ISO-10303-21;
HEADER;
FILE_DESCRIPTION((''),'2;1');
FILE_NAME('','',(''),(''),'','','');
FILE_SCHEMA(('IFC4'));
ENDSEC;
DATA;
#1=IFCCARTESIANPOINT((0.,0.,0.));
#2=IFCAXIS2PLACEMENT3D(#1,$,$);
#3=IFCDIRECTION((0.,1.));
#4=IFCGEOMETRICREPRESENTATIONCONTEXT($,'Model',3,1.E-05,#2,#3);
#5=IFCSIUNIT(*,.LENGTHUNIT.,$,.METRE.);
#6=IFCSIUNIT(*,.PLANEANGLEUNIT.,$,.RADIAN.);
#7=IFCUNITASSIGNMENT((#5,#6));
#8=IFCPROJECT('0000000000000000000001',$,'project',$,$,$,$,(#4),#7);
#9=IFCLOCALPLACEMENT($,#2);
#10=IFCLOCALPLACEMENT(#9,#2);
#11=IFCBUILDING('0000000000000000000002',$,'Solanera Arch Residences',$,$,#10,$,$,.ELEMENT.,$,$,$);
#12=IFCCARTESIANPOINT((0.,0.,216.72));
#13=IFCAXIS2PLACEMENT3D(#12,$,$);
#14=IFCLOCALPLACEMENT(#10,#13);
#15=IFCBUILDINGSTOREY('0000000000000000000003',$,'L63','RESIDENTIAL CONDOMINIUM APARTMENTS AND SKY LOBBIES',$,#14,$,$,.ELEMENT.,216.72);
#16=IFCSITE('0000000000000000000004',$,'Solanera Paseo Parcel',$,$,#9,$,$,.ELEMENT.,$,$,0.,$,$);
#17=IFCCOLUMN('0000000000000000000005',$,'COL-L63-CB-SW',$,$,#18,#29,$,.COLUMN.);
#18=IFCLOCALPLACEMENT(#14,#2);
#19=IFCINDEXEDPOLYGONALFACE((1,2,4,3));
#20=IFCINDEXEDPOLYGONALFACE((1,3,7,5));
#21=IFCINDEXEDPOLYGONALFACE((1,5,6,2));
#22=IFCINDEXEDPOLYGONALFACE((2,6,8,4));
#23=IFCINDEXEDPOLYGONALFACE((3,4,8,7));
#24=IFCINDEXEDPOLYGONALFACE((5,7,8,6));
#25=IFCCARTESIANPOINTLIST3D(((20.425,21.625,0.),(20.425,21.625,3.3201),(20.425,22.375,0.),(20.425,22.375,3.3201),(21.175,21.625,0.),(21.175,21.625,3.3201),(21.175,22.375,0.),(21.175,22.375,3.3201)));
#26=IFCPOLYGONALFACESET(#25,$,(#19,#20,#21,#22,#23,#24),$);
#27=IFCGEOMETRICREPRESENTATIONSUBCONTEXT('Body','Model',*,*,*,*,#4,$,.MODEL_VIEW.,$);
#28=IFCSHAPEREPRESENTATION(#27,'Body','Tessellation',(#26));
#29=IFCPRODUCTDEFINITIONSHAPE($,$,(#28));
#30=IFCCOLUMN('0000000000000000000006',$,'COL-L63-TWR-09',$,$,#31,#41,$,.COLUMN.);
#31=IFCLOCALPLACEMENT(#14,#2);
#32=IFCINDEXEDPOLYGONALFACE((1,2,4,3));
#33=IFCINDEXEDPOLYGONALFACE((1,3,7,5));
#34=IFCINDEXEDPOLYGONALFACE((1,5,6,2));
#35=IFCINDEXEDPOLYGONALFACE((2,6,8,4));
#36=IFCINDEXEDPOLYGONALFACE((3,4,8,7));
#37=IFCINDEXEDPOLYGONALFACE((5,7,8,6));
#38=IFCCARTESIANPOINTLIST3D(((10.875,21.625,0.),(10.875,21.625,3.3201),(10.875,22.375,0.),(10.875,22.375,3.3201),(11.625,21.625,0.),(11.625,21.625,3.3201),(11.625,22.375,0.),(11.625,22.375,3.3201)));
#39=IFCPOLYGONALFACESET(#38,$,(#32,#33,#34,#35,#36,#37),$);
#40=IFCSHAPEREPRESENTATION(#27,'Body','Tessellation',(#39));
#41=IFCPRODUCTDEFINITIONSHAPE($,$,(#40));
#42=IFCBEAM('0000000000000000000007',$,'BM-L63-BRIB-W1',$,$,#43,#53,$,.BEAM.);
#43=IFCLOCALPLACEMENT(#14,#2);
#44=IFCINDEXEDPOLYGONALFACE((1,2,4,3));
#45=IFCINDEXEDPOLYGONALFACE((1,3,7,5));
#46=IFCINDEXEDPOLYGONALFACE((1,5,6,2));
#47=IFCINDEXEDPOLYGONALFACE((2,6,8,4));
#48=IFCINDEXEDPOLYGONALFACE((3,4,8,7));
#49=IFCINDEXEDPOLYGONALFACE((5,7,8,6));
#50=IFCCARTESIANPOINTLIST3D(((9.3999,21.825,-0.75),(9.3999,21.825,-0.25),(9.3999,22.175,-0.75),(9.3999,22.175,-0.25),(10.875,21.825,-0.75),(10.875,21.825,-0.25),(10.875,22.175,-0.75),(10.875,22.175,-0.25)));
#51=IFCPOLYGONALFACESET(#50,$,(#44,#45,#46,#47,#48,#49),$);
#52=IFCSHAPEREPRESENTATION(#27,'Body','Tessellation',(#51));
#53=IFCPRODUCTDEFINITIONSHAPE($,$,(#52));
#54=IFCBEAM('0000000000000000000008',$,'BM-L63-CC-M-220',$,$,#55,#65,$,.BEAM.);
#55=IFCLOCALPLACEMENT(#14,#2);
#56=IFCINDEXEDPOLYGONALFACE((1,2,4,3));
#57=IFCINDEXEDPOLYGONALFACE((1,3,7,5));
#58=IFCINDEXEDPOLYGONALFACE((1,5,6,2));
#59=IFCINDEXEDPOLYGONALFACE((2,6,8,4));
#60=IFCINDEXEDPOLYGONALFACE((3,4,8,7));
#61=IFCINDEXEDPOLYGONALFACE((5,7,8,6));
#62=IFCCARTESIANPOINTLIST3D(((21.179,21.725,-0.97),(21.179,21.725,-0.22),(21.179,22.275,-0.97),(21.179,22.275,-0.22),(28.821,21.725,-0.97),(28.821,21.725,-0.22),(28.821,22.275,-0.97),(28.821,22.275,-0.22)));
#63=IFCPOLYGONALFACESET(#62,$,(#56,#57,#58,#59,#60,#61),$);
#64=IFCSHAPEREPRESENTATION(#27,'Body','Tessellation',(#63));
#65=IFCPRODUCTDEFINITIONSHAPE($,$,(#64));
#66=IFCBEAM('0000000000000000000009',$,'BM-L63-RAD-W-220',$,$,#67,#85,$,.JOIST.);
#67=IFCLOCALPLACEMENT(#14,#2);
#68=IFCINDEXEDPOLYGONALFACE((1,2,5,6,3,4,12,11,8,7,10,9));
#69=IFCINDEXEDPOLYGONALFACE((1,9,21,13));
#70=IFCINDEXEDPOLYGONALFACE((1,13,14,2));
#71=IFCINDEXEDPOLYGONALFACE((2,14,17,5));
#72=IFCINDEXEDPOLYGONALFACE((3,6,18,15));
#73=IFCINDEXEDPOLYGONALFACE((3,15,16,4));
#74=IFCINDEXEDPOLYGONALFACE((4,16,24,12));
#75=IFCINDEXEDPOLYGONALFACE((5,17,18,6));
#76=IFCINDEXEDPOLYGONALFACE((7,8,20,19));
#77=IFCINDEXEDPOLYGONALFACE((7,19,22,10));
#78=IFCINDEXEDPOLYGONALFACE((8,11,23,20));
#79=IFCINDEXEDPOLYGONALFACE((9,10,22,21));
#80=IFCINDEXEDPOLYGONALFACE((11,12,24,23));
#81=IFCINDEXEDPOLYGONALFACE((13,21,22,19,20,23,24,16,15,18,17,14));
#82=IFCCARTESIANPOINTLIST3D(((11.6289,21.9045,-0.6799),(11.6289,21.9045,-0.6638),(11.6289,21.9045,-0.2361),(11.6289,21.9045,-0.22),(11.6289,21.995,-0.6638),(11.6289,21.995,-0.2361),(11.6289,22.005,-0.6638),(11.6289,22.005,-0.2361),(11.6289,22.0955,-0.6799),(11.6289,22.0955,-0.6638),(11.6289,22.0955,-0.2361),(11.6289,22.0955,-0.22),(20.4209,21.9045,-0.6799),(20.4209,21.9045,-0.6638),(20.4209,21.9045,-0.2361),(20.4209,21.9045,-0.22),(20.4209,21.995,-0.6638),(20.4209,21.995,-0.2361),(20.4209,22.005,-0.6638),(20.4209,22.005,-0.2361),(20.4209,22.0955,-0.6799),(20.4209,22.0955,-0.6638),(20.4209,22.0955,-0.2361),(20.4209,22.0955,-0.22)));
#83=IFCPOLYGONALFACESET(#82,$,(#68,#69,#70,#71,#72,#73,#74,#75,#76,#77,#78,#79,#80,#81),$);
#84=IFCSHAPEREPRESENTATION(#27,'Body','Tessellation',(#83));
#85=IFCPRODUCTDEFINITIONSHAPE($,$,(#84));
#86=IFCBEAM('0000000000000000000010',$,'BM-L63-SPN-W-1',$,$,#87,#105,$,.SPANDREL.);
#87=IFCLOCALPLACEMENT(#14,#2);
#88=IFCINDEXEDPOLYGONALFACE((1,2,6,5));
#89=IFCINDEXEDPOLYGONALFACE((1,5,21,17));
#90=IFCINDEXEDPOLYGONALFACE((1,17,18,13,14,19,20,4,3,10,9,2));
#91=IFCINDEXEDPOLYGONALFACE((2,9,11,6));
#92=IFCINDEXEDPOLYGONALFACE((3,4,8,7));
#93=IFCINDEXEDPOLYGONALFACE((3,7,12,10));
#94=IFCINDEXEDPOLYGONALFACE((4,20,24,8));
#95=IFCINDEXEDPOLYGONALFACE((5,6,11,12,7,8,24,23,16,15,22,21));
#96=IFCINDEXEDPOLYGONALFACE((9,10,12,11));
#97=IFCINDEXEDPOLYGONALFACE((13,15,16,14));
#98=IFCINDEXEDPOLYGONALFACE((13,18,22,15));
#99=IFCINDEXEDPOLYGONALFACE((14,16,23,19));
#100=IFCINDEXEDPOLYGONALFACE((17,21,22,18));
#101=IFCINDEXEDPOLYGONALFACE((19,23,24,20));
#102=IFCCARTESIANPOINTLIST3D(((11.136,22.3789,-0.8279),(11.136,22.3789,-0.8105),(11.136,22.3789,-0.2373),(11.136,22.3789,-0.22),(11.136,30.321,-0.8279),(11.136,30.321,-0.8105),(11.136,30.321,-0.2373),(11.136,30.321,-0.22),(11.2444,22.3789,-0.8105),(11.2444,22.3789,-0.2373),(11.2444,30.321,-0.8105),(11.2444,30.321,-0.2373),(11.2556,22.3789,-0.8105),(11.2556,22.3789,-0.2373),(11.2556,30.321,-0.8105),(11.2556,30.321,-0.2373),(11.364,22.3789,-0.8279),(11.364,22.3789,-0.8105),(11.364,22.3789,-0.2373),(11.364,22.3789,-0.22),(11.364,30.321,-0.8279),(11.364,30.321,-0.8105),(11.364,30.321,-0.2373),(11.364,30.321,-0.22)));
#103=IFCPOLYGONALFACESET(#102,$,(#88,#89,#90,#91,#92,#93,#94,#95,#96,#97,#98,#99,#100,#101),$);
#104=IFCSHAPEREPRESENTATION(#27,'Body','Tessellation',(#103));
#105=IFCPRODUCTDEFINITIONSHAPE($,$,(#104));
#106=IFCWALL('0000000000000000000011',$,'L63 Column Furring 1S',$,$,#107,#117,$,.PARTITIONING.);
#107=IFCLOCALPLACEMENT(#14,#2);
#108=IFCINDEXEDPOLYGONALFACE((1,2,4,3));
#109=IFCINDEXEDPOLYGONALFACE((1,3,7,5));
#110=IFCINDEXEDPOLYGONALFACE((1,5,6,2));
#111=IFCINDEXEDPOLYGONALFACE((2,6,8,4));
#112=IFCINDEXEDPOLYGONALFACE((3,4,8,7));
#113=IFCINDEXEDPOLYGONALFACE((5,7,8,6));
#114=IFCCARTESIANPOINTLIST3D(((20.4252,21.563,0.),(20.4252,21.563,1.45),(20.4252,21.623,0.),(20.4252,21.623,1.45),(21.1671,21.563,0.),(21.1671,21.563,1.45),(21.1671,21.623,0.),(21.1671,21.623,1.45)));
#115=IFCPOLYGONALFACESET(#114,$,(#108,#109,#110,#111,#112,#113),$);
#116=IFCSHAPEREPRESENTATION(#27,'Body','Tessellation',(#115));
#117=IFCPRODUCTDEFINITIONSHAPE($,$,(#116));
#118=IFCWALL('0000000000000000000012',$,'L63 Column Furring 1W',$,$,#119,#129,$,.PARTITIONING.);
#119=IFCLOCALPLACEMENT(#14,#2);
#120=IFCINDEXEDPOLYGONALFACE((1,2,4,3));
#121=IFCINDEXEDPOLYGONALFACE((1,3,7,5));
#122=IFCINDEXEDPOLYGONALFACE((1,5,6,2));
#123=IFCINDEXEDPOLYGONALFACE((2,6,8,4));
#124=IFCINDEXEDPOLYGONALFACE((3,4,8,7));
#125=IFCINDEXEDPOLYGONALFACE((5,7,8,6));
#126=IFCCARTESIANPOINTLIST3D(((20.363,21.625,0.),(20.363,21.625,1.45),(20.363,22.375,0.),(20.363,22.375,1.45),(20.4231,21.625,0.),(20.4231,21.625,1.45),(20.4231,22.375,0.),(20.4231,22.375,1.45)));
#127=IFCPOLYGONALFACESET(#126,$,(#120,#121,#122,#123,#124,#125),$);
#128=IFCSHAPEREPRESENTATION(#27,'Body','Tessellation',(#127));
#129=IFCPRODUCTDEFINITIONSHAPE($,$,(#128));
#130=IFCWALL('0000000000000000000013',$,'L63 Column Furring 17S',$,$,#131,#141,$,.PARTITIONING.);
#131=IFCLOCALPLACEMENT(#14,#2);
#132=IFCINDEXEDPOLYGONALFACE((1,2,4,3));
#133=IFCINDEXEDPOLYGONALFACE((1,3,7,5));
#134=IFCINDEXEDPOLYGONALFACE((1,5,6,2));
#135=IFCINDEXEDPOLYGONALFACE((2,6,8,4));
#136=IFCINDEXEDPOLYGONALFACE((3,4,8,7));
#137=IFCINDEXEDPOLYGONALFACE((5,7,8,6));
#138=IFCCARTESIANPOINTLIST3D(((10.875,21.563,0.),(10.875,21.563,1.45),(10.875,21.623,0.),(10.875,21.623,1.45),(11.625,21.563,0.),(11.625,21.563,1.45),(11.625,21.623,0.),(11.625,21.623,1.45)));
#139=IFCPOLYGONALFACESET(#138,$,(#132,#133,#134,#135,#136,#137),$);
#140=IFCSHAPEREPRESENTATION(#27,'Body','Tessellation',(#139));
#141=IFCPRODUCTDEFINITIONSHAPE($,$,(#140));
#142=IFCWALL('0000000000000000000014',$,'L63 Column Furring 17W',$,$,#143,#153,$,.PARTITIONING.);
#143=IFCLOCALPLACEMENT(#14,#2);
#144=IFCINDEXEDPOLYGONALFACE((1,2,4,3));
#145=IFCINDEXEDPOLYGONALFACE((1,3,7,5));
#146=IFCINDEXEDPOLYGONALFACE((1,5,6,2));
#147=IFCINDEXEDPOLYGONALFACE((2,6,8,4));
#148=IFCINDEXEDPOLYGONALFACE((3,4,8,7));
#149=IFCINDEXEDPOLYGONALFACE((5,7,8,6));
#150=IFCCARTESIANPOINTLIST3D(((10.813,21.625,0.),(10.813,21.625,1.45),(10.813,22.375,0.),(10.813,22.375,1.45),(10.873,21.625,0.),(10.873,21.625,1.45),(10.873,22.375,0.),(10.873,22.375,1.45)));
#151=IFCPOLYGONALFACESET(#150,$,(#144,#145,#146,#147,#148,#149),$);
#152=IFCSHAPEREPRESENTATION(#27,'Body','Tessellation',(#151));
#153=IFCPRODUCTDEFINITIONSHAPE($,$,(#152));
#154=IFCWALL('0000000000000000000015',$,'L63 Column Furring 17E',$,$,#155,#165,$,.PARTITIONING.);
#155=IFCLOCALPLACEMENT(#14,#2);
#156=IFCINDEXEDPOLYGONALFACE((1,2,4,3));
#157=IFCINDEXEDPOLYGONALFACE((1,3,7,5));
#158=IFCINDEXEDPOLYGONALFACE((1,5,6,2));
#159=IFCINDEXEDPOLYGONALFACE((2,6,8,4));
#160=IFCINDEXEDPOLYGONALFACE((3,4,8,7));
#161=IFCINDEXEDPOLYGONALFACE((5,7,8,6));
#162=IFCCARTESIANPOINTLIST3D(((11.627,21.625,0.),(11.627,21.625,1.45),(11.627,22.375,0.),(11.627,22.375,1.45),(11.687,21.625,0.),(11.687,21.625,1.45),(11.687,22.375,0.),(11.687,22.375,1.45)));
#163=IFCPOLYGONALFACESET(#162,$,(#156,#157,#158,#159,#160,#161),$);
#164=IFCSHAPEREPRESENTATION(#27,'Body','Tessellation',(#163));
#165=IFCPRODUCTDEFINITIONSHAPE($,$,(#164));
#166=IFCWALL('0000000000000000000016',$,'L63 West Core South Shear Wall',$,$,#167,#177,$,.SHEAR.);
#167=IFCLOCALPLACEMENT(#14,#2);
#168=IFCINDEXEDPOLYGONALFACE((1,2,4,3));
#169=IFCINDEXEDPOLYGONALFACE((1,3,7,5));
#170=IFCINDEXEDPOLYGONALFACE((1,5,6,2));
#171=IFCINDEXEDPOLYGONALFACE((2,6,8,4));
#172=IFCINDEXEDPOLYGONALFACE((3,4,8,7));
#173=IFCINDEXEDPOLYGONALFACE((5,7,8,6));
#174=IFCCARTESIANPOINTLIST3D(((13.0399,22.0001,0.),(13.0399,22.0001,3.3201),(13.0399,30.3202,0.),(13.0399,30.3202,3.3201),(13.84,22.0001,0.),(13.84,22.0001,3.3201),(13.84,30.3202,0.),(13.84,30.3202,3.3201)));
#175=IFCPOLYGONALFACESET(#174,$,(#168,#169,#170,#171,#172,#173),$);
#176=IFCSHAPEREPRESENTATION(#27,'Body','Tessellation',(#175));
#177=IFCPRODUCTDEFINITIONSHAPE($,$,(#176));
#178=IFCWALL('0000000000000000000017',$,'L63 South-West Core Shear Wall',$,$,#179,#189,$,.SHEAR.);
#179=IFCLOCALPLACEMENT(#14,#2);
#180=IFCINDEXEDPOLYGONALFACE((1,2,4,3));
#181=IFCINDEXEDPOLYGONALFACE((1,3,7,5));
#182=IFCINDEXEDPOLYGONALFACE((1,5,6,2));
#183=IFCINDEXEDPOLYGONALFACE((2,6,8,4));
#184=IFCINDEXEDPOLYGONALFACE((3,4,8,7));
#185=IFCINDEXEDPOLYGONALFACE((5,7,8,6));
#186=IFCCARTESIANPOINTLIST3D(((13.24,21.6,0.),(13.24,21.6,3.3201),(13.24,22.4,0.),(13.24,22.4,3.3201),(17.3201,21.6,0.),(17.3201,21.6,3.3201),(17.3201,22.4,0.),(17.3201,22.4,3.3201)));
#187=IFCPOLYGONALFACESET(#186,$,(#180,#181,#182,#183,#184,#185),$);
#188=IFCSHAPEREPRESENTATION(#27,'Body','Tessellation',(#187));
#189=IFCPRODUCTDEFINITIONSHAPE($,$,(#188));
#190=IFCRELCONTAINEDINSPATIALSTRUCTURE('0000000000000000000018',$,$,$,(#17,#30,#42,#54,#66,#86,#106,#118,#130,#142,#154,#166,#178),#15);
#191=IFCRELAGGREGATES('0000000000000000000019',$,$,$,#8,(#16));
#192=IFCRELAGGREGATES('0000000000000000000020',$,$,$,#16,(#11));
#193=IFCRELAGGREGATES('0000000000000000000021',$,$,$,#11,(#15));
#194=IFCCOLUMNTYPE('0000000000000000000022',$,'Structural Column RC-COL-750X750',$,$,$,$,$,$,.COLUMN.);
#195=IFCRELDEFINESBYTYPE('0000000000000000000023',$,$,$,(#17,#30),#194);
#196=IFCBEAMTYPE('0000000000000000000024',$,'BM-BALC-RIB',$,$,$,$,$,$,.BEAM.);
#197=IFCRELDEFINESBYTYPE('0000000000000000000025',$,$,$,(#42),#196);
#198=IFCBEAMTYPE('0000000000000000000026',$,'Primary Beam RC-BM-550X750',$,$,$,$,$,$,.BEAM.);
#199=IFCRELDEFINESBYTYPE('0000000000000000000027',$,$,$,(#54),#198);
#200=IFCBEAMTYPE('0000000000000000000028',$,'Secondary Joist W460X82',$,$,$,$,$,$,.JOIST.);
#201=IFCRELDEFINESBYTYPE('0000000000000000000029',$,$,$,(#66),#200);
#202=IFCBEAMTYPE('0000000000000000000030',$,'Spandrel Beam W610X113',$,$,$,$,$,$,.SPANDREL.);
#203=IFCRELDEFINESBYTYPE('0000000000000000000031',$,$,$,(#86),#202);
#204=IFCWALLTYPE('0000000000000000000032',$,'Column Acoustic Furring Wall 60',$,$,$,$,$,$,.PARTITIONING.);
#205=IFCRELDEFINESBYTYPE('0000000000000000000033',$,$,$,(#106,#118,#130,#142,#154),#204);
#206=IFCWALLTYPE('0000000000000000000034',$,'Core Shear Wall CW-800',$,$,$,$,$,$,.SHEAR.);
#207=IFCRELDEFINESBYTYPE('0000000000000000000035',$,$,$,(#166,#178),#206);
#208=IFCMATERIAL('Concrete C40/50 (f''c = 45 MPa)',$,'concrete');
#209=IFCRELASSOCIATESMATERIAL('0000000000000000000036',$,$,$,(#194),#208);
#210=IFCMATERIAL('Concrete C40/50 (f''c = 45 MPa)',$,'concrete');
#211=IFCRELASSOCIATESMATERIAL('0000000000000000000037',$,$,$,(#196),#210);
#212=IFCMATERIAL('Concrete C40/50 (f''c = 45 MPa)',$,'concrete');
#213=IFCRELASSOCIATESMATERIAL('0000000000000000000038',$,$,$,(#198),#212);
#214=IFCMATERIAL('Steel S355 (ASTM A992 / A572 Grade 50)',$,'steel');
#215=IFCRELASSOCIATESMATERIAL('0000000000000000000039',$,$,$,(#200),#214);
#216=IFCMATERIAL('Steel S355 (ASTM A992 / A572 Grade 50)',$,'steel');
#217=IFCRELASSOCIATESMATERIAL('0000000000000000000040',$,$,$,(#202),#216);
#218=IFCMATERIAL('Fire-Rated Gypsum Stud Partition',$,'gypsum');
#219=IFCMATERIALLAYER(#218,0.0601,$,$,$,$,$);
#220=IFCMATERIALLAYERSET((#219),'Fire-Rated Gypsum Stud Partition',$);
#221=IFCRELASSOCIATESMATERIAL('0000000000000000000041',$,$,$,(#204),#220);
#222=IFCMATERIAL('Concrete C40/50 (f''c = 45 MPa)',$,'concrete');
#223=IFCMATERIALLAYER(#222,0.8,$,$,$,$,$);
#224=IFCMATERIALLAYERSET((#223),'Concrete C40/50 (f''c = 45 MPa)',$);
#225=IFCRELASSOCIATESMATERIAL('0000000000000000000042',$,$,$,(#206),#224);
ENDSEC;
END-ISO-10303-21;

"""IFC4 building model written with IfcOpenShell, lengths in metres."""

from ifc_helpers import new_model, si_unit, direction, frame, frame_2d, origin, origin_2d, place, context, subcontext, project, spatial, rectangle, i_section, extrude, material, layer, layer_set, material_profile, profile_set, type_object, element, save


model = new_model("IFC4")

# Units and contexts
model_context = context("Model", 3, precision=1e-05, world=origin(), true_north=direction((0.0, 1.0)))
body_context = subcontext(model_context, "Body", "Model", "MODEL_VIEW")
ifc_project = project(units=[si_unit("LENGTHUNIT", "METRE"), si_unit("PLANEANGLEUNIT", "RADIAN")], contexts=[model_context])

# Site, building, storey
site_placement = place(None, origin())
site = spatial("IfcSite", under=ifc_project, at=site_placement, Name="Solanera Paseo Parcel", CompositionType="ELEMENT", RefElevation=0.0)
building_placement = place(site_placement, origin())
building = spatial("IfcBuilding", under=site, at=building_placement, Name="Solanera Arch Residences", CompositionType="ELEMENT")
storey_placement = place(building_placement, frame((0.0, 0.0, 216.72)))
storey = spatial("IfcBuildingStorey", under=building, at=storey_placement, Name="L63", Description="RESIDENTIAL CONDOMINIUM APARTMENTS AND SKY LOBBIES", CompositionType="ELEMENT", Elevation=216.72)

# Columns
ifc_material_1 = material(Name="Concrete C40/50 (f'c = 45 MPa)", Category="concrete")
ifc_material_profile_1 = material_profile(ifc_material_1, rectangle(XDim=0.75, YDim=0.75, at=origin_2d()))
ifc_profile_set_1 = profile_set([ifc_material_profile_1], Name="Concrete C40/50 (f'c = 45 MPa)")
column_type = type_object("IfcColumnType", Name="Structural Column RC-COL-750X750", PredefinedType="COLUMN", material=ifc_profile_set_1)
for number, where, z_axis, x_axis, name in (
    (1, (20.8, 22.0, 0.0), (0.0, 0.0, 1.0), (1.0, 0.0, 0.0), "COL-L63-CB-SW"),
    (2, (11.25, 22.0, 0.0), (0.0, 0.0, 1.0), (1.0, 0.0, 0.0), "COL-L63-TWR-09"),
):
    element("IfcColumn", number, at=place(storey_placement, frame(where, z_axis=z_axis, x_axis=x_axis)), inside=storey, type_object=column_type, Name=name, PredefinedType="COLUMN", context=body_context, shape_type="SweptSolid", body=[
        extrude(rectangle(XDim=0.75, YDim=0.75, at=origin_2d()), origin(), (0.0, 0.0, 1.0), 3.3201),
    ])

# Beams
ifc_material_2 = material(Name="Concrete C40/50 (f'c = 45 MPa)", Category="concrete")
ifc_material_profile_2 = material_profile(ifc_material_2, rectangle(XDim=0.3501, YDim=0.5, at=origin_2d()))
ifc_profile_set_2 = profile_set([ifc_material_profile_2], Name="Concrete C40/50 (f'c = 45 MPa)")
beam_type_1 = type_object("IfcBeamType", Name="BM-BALC-RIB", PredefinedType="BEAM", material=ifc_profile_set_2)
beam_1_placement = place(storey_placement, frame((9.3999, 22.0, -0.5), z_axis=(1.0, 0.0, 0.0), x_axis=(0.0, 1.0, 0.0)))
element("IfcBeam", 3, at=beam_1_placement, inside=storey, type_object=beam_type_1, Name="BM-L63-BRIB-W1", PredefinedType="BEAM", context=body_context, shape_type="SweptSolid", body=[
    extrude(rectangle(XDim=0.3501, YDim=0.5, at=origin_2d()), origin(), (0.0, 0.0, 1.0), 1.4751),
])
ifc_material_3 = material(Name="Concrete C40/50 (f'c = 45 MPa)", Category="concrete")
ifc_material_profile_3 = material_profile(ifc_material_3, rectangle(XDim=0.55, YDim=0.75, at=origin_2d()))
ifc_profile_set_3 = profile_set([ifc_material_profile_3], Name="Concrete C40/50 (f'c = 45 MPa)")
beam_type_2 = type_object("IfcBeamType", Name="Primary Beam RC-BM-550X750", PredefinedType="BEAM", material=ifc_profile_set_3)
beam_2_placement = place(storey_placement, frame((21.179, 22.0, -0.595), z_axis=(1.0, 0.0, 0.0), x_axis=(0.0, 1.0, 0.0)))
element("IfcBeam", 4, at=beam_2_placement, inside=storey, type_object=beam_type_2, Name="BM-L63-CC-M-220", PredefinedType="BEAM", context=body_context, shape_type="SweptSolid", body=[
    extrude(rectangle(XDim=0.55, YDim=0.75, at=origin_2d()), origin(), (0.0, 0.0, 1.0), 7.6421),
])
ifc_material_4 = material(Name="Steel S355 (ASTM A992 / A572 Grade 50)", Category="steel")
ifc_material_profile_4 = material_profile(ifc_material_4, i_section(OverallWidth=0.1909, OverallDepth=0.46, WebThickness=0.01, FlangeThickness=0.0161, at=origin_2d()))
ifc_profile_set_4 = profile_set([ifc_material_profile_4], Name="Steel S355 (ASTM A992 / A572 Grade 50)")
beam_type_3 = type_object("IfcBeamType", Name="Secondary Joist W460X82", PredefinedType="JOIST", material=ifc_profile_set_4)
beam_3_placement = place(storey_placement, frame((11.6289, 22.0, -0.45), z_axis=(1.0, 0.0, 0.0), x_axis=(0.0, 1.0, 0.0)))
element("IfcBeam", 5, at=beam_3_placement, inside=storey, type_object=beam_type_3, Name="BM-L63-RAD-W-220", PredefinedType="JOIST", context=body_context, shape_type="SweptSolid", body=[
    extrude(i_section(OverallWidth=0.1909, OverallDepth=0.46, WebThickness=0.01, FlangeThickness=0.0161, at=origin_2d()), origin(), (0.0, 0.0, 1.0), 8.792),
])
ifc_material_5 = material(Name="Steel S355 (ASTM A992 / A572 Grade 50)", Category="steel")
ifc_material_profile_5 = material_profile(ifc_material_5, i_section(OverallWidth=0.228, OverallDepth=0.6079, WebThickness=0.0112, FlangeThickness=0.0173, at=origin_2d()))
ifc_profile_set_5 = profile_set([ifc_material_profile_5], Name="Steel S355 (ASTM A992 / A572 Grade 50)")
beam_type_4 = type_object("IfcBeamType", Name="Spandrel Beam W610X113", PredefinedType="SPANDREL", material=ifc_profile_set_5)
beam_4_placement = place(storey_placement, frame((11.25, 22.3789, -0.5239), z_axis=(0.0, 1.0, 0.0), x_axis=(-1.0, 0.0, 0.0)))
element("IfcBeam", 6, at=beam_4_placement, inside=storey, type_object=beam_type_4, Name="BM-L63-SPN-W-1", PredefinedType="SPANDREL", context=body_context, shape_type="SweptSolid", body=[
    extrude(i_section(OverallWidth=0.228, OverallDepth=0.6079, WebThickness=0.0112, FlangeThickness=0.0173, at=origin_2d()), origin(), (0.0, 0.0, 1.0), 7.9421),
])

# Walls
ifc_material_6 = material(Name="Fire-Rated Gypsum Stud Partition", Category="gypsum")
ifc_layer_1 = layer(ifc_material_6, 0.0601)
ifc_layer_set_1 = layer_set([ifc_layer_1], Name="Fire-Rated Gypsum Stud Partition")
wall_type_1 = type_object("IfcWallType", Name="Column Acoustic Furring Wall 60", PredefinedType="PARTITIONING", material=ifc_layer_set_1)
wall_1_placement = place(storey_placement, frame((20.425, 21.593, 0.0), z_axis=(0.0, 0.0, 1.0), x_axis=(1.0, 0.0, 0.0)))
element("IfcWall", 7, at=wall_1_placement, inside=storey, type_object=wall_type_1, Name="L63 Column Furring 1S", PredefinedType="PARTITIONING", context=body_context, shape_type="SweptSolid", body=[
    extrude(rectangle(XDim=0.7419, YDim=0.0601, at=frame_2d((0.3711, 0.0))), origin(), (0.0, 0.0, 1.0), 1.45),
])
for number, where, z_axis, x_axis, name in (
    (8, (20.3931, 21.625, 0.0), (0.0, 0.0, 1.0), (0.0, 1.0, 0.0), "L63 Column Furring 1W"),
    (9, (10.875, 21.593, 0.0), (0.0, 0.0, 1.0), (1.0, 0.0, 0.0), "L63 Column Furring 17S"),
    (10, (10.843, 21.625, 0.0), (0.0, 0.0, 1.0), (0.0, 1.0, 0.0), "L63 Column Furring 17W"),
    (11, (11.657, 21.625, 0.0), (0.0, 0.0, 1.0), (0.0, 1.0, 0.0), "L63 Column Furring 17E"),
):
    element("IfcWall", number, at=place(storey_placement, frame(where, z_axis=z_axis, x_axis=x_axis)), inside=storey, type_object=wall_type_1, Name=name, PredefinedType="PARTITIONING", context=body_context, shape_type="SweptSolid", body=[
        extrude(rectangle(XDim=0.75, YDim=0.0601, at=frame_2d((0.375, 0.0))), origin(), (0.0, 0.0, 1.0), 1.45),
    ])
ifc_material_7 = material(Name="Concrete C40/50 (f'c = 45 MPa)", Category="concrete")
ifc_layer_2 = layer(ifc_material_7, 0.8)
ifc_layer_set_2 = layer_set([ifc_layer_2], Name="Concrete C40/50 (f'c = 45 MPa)")
wall_type_2 = type_object("IfcWallType", Name="Core Shear Wall CW-800", PredefinedType="SHEAR", material=ifc_layer_set_2)
wall_2_placement = place(storey_placement, frame((13.4399, 22.0, 0.0), z_axis=(0.0, 0.0, 1.0), x_axis=(0.0, 1.0, 0.0)))
element("IfcWall", 12, at=wall_2_placement, inside=storey, type_object=wall_type_2, Name="L63 West Core South Shear Wall", PredefinedType="SHEAR", context=body_context, shape_type="SweptSolid", body=[
    extrude(rectangle(XDim=8.3201, YDim=0.8, at=frame_2d((4.1602, 0.0))), origin(), (0.0, 0.0, 1.0), 3.3201),
])
wall_3_placement = place(storey_placement, frame((13.24, 22.0, 0.0), z_axis=(0.0, 0.0, 1.0), x_axis=(1.0, 0.0, 0.0)))
element("IfcWall", 13, at=wall_3_placement, inside=storey, type_object=wall_type_2, Name="L63 South-West Core Shear Wall", PredefinedType="SHEAR", context=body_context, shape_type="SweptSolid", body=[
    extrude(rectangle(XDim=4.0801, YDim=0.8, at=frame_2d((2.04, 0.0))), origin(), (0.0, 0.0, 1.0), 3.3201),
])

save(model, "model.ifc")
